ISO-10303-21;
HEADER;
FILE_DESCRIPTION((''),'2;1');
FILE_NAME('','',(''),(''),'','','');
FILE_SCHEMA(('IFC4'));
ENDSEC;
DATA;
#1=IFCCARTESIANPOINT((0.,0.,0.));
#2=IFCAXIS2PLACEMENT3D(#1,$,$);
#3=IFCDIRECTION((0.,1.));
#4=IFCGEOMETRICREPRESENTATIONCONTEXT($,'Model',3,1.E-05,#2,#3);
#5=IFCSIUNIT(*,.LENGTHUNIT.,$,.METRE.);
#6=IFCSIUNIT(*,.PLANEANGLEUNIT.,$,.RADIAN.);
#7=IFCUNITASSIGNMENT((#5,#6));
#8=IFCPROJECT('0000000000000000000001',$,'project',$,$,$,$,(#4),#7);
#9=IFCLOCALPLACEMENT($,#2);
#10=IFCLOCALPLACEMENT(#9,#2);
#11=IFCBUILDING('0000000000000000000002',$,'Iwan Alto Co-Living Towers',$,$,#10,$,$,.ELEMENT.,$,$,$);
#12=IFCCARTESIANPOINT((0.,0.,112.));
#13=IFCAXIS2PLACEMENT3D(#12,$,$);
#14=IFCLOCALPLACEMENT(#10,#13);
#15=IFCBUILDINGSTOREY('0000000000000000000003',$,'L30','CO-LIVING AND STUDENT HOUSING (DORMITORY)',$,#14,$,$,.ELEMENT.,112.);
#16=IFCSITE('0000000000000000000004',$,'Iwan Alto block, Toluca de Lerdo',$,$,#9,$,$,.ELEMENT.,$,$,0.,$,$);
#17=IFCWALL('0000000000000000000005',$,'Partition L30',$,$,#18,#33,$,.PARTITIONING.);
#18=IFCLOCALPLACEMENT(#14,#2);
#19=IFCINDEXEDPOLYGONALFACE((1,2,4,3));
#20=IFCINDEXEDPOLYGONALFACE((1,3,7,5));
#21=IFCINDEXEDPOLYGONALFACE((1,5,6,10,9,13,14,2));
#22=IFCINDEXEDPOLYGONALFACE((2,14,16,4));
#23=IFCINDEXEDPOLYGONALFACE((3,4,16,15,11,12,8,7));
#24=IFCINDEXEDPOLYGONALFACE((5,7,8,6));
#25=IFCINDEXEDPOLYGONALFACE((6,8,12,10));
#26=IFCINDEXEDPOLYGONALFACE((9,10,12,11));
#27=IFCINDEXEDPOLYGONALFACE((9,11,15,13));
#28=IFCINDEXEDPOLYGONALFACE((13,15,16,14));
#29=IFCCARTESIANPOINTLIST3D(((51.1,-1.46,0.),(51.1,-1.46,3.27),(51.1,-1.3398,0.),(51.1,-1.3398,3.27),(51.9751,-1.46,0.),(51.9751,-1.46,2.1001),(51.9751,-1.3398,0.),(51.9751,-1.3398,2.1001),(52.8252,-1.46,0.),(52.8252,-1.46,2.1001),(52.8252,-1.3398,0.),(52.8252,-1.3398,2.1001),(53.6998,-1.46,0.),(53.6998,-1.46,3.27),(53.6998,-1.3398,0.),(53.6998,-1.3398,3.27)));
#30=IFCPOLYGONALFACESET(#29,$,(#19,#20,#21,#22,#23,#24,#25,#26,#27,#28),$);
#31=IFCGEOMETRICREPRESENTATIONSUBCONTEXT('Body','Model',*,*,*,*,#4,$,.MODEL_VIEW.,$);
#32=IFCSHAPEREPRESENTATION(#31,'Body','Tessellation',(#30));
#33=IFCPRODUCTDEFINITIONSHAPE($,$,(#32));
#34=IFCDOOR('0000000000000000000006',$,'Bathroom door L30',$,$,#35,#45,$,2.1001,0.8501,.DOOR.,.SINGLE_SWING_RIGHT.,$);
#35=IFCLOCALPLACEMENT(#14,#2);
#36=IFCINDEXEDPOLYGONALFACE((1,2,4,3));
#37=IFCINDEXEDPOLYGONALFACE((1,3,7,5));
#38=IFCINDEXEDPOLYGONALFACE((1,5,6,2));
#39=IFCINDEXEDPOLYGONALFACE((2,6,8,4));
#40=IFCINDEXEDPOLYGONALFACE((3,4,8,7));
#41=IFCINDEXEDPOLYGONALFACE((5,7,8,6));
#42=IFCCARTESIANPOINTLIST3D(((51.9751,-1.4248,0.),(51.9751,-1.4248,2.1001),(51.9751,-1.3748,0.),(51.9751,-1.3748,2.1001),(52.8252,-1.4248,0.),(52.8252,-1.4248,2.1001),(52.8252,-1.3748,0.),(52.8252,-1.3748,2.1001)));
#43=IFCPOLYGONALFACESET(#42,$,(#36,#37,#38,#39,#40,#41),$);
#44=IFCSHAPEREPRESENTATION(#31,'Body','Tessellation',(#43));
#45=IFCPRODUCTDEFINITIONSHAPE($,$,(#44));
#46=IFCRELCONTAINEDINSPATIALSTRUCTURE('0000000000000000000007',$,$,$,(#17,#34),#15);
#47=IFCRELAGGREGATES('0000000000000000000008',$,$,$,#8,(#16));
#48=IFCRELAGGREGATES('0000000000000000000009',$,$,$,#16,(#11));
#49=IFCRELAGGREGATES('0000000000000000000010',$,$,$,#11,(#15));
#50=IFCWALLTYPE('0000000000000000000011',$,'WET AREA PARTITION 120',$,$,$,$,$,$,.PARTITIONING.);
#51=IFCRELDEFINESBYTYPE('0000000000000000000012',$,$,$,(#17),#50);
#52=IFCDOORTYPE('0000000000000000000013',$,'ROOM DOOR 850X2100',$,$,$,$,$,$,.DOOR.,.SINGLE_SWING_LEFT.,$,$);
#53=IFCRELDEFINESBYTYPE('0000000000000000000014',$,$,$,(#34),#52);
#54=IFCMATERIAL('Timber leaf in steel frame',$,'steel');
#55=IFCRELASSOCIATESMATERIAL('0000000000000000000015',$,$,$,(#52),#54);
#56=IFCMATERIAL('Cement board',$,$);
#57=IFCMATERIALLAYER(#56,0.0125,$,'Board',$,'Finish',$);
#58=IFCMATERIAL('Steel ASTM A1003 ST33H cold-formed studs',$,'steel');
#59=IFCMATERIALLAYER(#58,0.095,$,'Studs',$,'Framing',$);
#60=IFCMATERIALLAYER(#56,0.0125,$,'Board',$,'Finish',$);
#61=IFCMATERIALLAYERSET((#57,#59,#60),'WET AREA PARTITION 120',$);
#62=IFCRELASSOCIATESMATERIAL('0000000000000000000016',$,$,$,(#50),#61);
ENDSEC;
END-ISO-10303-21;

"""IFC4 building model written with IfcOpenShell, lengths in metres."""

from ifc_helpers import new_model, si_unit, direction, frame, frame_2d, origin, place, context, subcontext, project, spatial, rectangle, extrude, material, layer, layer_set, type_object, element, fill, save


model = new_model("IFC4")

# Units and contexts
model_context = context("Model", 3, precision=1e-05, world=origin(), true_north=direction((0.0, 1.0)))
body_context = subcontext(model_context, "Body", "Model", "MODEL_VIEW")
ifc_project = project(units=[si_unit("LENGTHUNIT", "METRE"), si_unit("PLANEANGLEUNIT", "RADIAN")], contexts=[model_context])

# Site, building, storey
site_placement = place(None, origin())
site = spatial("IfcSite", under=ifc_project, at=site_placement, Name="Iwan Alto block, Toluca de Lerdo", CompositionType="ELEMENT", RefElevation=0.0)
building_placement = place(site_placement, origin())
building = spatial("IfcBuilding", under=site, at=building_placement, Name="Iwan Alto Co-Living Towers", CompositionType="ELEMENT")
storey_placement = place(building_placement, frame((0.0, 0.0, 112.0)))
storey = spatial("IfcBuildingStorey", under=building, at=storey_placement, Name="L30", Description="CO-LIVING AND STUDENT HOUSING (DORMITORY)", CompositionType="ELEMENT", Elevation=112.0)

# Shared definitions
ifc_material_1 = material(Name="Steel ASTM A1003 ST33H cold-formed studs", Category="steel")
ifc_material_2 = material(Name="Timber leaf in steel frame", Category="steel")
door_type_1 = type_object("IfcDoorType", Name="ROOM DOOR 850X2100", OperationType="SINGLE_SWING_LEFT", PredefinedType="DOOR", material=ifc_material_2)

# Shared definitions
ifc_material_3 = material(Name="Cement board")
ifc_layer_1 = layer(ifc_material_3, 0.0125, Name="Board", Category="Finish")
ifc_layer_2 = layer(ifc_material_1, 0.095, Name="Studs", Category="Framing")
ifc_layer_3 = layer(ifc_material_3, 0.0125, Name="Board", Category="Finish")
ifc_layer_set_1 = layer_set([ifc_layer_1, ifc_layer_2, ifc_layer_3], Name="WET AREA PARTITION 120")
wall_type_1 = type_object("IfcWallType", Name="WET AREA PARTITION 120", PredefinedType="PARTITIONING", material=ifc_layer_set_1)

# Wall, opening, door
wall_1_placement = place(storey_placement, frame((51.1001, -1.3999, 0.0), z_axis=(0.0, 0.0, 1.0), x_axis=(1.0, 0.0, 0.0)))
wall_1 = element("IfcWall", 1, at=wall_1_placement, inside=storey, type_object=wall_type_1, Name="Partition L30", PredefinedType="PARTITIONING", context=body_context, shape_type="SweptSolid", body=[
    extrude(rectangle(XDim=2.5999, YDim=0.1201, at=frame_2d((1.2998, 0.0))), origin(), (0.0, 0.0, 1.0), 3.27),
])
opening_1_placement = place(wall_1_placement, frame((0.875, 0.0, 0.0)))
opening_1 = element("IfcOpeningElement", 2, at=opening_1_placement, cuts=wall_1, PredefinedType="OPENING", context=body_context, shape_type="SweptSolid", body=[
    extrude(rectangle(XDim=0.8501, YDim=2.1001, at=frame_2d((0.425, 1.05))), frame((0.0, 0.0701, 0.0), z_axis=(0.0, -1.0, 0.0), x_axis=(1.0, 0.0, 0.0)), (0.0, 0.0, 1.0), 0.1401),
])
door_1_placement = place(opening_1_placement, frame((0.8501, 0.0, 0.0), z_axis=(0.0, 0.0, 1.0), x_axis=(-1.0, 0.0, 0.0)))
door_1 = element("IfcDoor", 3, at=door_1_placement, inside=storey, type_object=door_type_1, Name="Bathroom door L30", OperationType="SINGLE_SWING_RIGHT", OverallHeight=2.1001, OverallWidth=0.8501, PredefinedType="DOOR", context=body_context, shape_type="SweptSolid", body=[
    extrude(rectangle(XDim=0.8501, YDim=2.1001, at=frame_2d((0.425, 1.05))), frame((0.0, 0.0249, 0.0), z_axis=(0.0, -1.0, 0.0), x_axis=(1.0, 0.0, 0.0)), (0.0, 0.0, 1.0), 0.05),
])
fill(opening_1, door_1)

save(model, "model.ifc")
